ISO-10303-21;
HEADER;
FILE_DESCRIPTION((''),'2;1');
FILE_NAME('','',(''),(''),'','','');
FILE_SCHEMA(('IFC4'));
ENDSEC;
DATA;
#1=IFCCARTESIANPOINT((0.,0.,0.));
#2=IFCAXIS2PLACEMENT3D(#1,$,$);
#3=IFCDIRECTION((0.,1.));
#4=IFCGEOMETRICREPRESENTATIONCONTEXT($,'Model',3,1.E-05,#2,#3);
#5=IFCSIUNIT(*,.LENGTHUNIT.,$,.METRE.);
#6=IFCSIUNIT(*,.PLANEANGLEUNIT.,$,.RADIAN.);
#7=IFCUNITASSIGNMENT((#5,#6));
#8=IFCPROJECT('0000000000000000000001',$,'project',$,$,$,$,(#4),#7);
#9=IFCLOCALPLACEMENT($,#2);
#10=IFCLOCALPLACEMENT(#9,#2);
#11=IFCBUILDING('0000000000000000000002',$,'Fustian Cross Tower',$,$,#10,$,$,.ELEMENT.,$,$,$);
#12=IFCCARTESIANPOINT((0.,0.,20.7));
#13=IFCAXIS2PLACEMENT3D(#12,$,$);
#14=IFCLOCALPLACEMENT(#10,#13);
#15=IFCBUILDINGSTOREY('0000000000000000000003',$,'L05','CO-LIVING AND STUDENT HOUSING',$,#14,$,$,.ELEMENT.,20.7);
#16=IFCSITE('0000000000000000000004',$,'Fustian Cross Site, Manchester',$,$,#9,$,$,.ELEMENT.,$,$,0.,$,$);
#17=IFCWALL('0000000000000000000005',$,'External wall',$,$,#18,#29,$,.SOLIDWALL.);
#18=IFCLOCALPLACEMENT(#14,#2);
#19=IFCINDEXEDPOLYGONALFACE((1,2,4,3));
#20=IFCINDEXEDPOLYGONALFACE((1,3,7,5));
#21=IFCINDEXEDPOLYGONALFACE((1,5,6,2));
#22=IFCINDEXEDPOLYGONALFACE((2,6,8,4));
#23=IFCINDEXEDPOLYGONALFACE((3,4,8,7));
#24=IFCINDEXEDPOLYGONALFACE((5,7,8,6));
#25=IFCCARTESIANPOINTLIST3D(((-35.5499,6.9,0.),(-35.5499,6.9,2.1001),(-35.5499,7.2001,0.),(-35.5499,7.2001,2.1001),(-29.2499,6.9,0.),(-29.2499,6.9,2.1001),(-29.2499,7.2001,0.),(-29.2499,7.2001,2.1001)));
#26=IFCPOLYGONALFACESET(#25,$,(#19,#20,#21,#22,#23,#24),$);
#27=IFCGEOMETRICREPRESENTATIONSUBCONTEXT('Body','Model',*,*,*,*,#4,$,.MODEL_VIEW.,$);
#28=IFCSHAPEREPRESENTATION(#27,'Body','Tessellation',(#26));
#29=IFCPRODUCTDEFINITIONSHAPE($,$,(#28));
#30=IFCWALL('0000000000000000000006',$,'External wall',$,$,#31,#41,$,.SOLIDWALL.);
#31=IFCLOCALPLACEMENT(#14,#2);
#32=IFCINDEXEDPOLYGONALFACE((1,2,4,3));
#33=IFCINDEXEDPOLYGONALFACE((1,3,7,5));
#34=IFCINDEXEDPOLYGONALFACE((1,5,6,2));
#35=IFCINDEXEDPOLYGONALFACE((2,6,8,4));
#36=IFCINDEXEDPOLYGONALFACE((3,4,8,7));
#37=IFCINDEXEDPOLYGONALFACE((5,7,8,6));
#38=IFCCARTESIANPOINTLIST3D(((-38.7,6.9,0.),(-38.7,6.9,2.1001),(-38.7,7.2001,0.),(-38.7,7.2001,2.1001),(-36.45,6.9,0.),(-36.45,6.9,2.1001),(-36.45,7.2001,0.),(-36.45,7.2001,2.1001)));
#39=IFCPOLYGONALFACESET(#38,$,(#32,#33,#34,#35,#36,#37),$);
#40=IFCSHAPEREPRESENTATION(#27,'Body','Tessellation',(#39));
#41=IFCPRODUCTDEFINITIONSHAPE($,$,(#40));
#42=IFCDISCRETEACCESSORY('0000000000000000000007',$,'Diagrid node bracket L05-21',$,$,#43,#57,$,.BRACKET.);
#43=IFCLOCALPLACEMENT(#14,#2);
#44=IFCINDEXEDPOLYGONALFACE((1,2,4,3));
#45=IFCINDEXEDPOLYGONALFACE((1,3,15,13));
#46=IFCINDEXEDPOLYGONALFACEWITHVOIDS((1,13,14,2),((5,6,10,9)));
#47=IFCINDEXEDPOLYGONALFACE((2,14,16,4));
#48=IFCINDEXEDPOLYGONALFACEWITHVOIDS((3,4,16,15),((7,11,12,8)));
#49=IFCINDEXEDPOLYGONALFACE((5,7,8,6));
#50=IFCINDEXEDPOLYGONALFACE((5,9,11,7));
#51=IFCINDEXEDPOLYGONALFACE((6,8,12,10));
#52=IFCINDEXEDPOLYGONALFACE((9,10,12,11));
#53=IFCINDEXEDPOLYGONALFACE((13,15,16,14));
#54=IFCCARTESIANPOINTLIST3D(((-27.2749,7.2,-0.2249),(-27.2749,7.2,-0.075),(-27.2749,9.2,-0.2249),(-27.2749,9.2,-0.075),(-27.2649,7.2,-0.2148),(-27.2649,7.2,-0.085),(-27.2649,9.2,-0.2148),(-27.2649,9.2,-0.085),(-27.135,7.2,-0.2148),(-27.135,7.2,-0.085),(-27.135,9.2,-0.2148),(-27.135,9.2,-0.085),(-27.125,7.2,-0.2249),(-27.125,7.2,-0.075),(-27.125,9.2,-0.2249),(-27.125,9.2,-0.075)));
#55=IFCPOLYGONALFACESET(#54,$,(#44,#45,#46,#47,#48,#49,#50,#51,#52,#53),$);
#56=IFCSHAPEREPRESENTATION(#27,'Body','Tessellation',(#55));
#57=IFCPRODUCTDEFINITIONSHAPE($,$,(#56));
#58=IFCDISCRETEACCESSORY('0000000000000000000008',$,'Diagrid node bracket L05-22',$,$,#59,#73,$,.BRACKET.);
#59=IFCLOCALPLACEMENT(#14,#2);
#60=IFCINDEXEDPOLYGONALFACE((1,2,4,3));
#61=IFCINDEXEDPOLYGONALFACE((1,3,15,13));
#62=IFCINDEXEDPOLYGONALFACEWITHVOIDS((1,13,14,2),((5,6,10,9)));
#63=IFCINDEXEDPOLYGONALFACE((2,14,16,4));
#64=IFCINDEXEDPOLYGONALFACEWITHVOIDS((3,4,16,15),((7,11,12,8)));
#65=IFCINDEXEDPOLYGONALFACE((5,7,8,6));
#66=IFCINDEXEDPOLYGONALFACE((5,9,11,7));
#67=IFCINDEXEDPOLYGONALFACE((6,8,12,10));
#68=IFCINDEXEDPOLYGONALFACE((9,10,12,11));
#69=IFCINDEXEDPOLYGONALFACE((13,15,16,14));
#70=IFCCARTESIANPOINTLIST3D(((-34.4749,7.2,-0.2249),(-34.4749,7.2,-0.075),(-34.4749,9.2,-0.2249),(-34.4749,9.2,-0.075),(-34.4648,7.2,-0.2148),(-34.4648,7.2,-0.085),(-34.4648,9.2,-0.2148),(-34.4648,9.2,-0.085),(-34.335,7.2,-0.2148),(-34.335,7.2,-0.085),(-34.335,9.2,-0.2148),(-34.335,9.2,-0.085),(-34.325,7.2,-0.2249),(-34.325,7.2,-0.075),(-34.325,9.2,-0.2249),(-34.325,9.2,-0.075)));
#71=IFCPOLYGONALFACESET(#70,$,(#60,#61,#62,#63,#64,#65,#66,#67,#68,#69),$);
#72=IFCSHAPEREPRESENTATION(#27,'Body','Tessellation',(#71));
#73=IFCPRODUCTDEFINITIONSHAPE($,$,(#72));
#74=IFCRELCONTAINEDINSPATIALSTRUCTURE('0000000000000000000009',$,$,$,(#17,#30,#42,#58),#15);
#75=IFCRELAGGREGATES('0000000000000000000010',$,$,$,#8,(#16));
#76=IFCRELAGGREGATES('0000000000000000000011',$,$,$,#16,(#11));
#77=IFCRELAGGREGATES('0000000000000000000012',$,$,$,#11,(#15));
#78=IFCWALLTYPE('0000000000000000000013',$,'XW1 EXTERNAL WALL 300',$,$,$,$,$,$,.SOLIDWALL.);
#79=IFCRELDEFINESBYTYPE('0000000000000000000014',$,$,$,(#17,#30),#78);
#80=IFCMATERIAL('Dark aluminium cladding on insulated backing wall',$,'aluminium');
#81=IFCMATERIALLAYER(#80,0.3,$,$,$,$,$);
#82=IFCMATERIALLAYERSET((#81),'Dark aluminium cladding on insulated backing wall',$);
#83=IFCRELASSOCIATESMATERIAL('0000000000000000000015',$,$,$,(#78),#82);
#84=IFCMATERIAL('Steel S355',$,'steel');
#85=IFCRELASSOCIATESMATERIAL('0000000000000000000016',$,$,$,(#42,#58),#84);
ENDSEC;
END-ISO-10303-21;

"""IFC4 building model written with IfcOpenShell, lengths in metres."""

from ifc_helpers import new_model, si_unit, direction, frame, frame_2d, origin, origin_2d, place, context, subcontext, project, spatial, rectangle, hollow_rectangle, extrude, material, layer, layer_set, type_object, element, save


model = new_model("IFC4")

# Units and contexts
model_context = context("Model", 3, precision=1e-05, world=origin(), true_north=direction((0.0, 1.0)))
body_context = subcontext(model_context, "Body", "Model", "MODEL_VIEW")
ifc_project = project(units=[si_unit("LENGTHUNIT", "METRE"), si_unit("PLANEANGLEUNIT", "RADIAN")], contexts=[model_context])

# Site, building, storey
site_placement = place(None, origin())
site = spatial("IfcSite", under=ifc_project, at=site_placement, Name="Fustian Cross Site, Manchester", CompositionType="ELEMENT", RefElevation=0.0)
building_placement = place(site_placement, origin())
building = spatial("IfcBuilding", under=site, at=building_placement, Name="Fustian Cross Tower", CompositionType="ELEMENT")
storey_placement = place(building_placement, frame((0.0, 0.0, 20.7)))
storey = spatial("IfcBuildingStorey", under=building, at=storey_placement, Name="L05", Description="CO-LIVING AND STUDENT HOUSING", CompositionType="ELEMENT", Elevation=20.7)

# Walls
ifc_material_1 = material(Name="Dark aluminium cladding on insulated backing wall", Category="aluminium")
ifc_layer_1 = layer(ifc_material_1, 0.3)
ifc_layer_set_1 = layer_set([ifc_layer_1], Name="Dark aluminium cladding on insulated backing wall")
wall_type_1 = type_object("IfcWallType", Name="XW1 EXTERNAL WALL 300", PredefinedType="SOLIDWALL", material=ifc_layer_set_1)
wall_1_placement = place(storey_placement, frame((-29.25, 7.05, 0.0), z_axis=(0.0, 0.0, 1.0), x_axis=(-1.0, 0.0, 0.0)))
element("IfcWall", 1, at=wall_1_placement, inside=storey, type_object=wall_type_1, Name="External wall", PredefinedType="SOLIDWALL", context=body_context, shape_type="SweptSolid", body=[
    extrude(rectangle(XDim=6.3, YDim=0.3, at=frame_2d((3.1499, 0.0))), origin(), (0.0, 0.0, 1.0), 2.1001),
])
wall_2_placement = place(storey_placement, frame((-36.45, 7.05, 0.0), z_axis=(0.0, 0.0, 1.0), x_axis=(-1.0, 0.0, 0.0)))
element("IfcWall", 2, at=wall_2_placement, inside=storey, type_object=wall_type_1, Name="External wall", PredefinedType="SOLIDWALL", context=body_context, shape_type="SweptSolid", body=[
    extrude(rectangle(XDim=2.25, YDim=0.3, at=frame_2d((1.125, 0.0))), origin(), (0.0, 0.0, 1.0), 2.1001),
])

# Discrete accessories
ifc_material_2 = material(Name="Steel S355", Category="steel")
for number, where, z_axis, x_axis, name in (
    (3, (-27.2, 9.2, -0.1499), (0.0, -1.0, 0.0), (1.0, 0.0, 0.0), "Diagrid node bracket L05-21"),
    (4, (-34.3999, 9.2, -0.1499), (0.0, -1.0, 0.0), (1.0, 0.0, 0.0), "Diagrid node bracket L05-22"),
):
    element("IfcDiscreteAccessory", number, at=place(storey_placement, frame(where, z_axis=z_axis, x_axis=x_axis)), inside=storey, material=ifc_material_2, Name=name, PredefinedType="BRACKET", context=body_context, shape_type="SweptSolid", body=[
        extrude(hollow_rectangle(XDim=0.1499, YDim=0.1499, WallThickness=0.01, at=origin_2d()), origin(), (0.0, 0.0, 1.0), 2.0),
    ])

save(model, "model.ifc")
